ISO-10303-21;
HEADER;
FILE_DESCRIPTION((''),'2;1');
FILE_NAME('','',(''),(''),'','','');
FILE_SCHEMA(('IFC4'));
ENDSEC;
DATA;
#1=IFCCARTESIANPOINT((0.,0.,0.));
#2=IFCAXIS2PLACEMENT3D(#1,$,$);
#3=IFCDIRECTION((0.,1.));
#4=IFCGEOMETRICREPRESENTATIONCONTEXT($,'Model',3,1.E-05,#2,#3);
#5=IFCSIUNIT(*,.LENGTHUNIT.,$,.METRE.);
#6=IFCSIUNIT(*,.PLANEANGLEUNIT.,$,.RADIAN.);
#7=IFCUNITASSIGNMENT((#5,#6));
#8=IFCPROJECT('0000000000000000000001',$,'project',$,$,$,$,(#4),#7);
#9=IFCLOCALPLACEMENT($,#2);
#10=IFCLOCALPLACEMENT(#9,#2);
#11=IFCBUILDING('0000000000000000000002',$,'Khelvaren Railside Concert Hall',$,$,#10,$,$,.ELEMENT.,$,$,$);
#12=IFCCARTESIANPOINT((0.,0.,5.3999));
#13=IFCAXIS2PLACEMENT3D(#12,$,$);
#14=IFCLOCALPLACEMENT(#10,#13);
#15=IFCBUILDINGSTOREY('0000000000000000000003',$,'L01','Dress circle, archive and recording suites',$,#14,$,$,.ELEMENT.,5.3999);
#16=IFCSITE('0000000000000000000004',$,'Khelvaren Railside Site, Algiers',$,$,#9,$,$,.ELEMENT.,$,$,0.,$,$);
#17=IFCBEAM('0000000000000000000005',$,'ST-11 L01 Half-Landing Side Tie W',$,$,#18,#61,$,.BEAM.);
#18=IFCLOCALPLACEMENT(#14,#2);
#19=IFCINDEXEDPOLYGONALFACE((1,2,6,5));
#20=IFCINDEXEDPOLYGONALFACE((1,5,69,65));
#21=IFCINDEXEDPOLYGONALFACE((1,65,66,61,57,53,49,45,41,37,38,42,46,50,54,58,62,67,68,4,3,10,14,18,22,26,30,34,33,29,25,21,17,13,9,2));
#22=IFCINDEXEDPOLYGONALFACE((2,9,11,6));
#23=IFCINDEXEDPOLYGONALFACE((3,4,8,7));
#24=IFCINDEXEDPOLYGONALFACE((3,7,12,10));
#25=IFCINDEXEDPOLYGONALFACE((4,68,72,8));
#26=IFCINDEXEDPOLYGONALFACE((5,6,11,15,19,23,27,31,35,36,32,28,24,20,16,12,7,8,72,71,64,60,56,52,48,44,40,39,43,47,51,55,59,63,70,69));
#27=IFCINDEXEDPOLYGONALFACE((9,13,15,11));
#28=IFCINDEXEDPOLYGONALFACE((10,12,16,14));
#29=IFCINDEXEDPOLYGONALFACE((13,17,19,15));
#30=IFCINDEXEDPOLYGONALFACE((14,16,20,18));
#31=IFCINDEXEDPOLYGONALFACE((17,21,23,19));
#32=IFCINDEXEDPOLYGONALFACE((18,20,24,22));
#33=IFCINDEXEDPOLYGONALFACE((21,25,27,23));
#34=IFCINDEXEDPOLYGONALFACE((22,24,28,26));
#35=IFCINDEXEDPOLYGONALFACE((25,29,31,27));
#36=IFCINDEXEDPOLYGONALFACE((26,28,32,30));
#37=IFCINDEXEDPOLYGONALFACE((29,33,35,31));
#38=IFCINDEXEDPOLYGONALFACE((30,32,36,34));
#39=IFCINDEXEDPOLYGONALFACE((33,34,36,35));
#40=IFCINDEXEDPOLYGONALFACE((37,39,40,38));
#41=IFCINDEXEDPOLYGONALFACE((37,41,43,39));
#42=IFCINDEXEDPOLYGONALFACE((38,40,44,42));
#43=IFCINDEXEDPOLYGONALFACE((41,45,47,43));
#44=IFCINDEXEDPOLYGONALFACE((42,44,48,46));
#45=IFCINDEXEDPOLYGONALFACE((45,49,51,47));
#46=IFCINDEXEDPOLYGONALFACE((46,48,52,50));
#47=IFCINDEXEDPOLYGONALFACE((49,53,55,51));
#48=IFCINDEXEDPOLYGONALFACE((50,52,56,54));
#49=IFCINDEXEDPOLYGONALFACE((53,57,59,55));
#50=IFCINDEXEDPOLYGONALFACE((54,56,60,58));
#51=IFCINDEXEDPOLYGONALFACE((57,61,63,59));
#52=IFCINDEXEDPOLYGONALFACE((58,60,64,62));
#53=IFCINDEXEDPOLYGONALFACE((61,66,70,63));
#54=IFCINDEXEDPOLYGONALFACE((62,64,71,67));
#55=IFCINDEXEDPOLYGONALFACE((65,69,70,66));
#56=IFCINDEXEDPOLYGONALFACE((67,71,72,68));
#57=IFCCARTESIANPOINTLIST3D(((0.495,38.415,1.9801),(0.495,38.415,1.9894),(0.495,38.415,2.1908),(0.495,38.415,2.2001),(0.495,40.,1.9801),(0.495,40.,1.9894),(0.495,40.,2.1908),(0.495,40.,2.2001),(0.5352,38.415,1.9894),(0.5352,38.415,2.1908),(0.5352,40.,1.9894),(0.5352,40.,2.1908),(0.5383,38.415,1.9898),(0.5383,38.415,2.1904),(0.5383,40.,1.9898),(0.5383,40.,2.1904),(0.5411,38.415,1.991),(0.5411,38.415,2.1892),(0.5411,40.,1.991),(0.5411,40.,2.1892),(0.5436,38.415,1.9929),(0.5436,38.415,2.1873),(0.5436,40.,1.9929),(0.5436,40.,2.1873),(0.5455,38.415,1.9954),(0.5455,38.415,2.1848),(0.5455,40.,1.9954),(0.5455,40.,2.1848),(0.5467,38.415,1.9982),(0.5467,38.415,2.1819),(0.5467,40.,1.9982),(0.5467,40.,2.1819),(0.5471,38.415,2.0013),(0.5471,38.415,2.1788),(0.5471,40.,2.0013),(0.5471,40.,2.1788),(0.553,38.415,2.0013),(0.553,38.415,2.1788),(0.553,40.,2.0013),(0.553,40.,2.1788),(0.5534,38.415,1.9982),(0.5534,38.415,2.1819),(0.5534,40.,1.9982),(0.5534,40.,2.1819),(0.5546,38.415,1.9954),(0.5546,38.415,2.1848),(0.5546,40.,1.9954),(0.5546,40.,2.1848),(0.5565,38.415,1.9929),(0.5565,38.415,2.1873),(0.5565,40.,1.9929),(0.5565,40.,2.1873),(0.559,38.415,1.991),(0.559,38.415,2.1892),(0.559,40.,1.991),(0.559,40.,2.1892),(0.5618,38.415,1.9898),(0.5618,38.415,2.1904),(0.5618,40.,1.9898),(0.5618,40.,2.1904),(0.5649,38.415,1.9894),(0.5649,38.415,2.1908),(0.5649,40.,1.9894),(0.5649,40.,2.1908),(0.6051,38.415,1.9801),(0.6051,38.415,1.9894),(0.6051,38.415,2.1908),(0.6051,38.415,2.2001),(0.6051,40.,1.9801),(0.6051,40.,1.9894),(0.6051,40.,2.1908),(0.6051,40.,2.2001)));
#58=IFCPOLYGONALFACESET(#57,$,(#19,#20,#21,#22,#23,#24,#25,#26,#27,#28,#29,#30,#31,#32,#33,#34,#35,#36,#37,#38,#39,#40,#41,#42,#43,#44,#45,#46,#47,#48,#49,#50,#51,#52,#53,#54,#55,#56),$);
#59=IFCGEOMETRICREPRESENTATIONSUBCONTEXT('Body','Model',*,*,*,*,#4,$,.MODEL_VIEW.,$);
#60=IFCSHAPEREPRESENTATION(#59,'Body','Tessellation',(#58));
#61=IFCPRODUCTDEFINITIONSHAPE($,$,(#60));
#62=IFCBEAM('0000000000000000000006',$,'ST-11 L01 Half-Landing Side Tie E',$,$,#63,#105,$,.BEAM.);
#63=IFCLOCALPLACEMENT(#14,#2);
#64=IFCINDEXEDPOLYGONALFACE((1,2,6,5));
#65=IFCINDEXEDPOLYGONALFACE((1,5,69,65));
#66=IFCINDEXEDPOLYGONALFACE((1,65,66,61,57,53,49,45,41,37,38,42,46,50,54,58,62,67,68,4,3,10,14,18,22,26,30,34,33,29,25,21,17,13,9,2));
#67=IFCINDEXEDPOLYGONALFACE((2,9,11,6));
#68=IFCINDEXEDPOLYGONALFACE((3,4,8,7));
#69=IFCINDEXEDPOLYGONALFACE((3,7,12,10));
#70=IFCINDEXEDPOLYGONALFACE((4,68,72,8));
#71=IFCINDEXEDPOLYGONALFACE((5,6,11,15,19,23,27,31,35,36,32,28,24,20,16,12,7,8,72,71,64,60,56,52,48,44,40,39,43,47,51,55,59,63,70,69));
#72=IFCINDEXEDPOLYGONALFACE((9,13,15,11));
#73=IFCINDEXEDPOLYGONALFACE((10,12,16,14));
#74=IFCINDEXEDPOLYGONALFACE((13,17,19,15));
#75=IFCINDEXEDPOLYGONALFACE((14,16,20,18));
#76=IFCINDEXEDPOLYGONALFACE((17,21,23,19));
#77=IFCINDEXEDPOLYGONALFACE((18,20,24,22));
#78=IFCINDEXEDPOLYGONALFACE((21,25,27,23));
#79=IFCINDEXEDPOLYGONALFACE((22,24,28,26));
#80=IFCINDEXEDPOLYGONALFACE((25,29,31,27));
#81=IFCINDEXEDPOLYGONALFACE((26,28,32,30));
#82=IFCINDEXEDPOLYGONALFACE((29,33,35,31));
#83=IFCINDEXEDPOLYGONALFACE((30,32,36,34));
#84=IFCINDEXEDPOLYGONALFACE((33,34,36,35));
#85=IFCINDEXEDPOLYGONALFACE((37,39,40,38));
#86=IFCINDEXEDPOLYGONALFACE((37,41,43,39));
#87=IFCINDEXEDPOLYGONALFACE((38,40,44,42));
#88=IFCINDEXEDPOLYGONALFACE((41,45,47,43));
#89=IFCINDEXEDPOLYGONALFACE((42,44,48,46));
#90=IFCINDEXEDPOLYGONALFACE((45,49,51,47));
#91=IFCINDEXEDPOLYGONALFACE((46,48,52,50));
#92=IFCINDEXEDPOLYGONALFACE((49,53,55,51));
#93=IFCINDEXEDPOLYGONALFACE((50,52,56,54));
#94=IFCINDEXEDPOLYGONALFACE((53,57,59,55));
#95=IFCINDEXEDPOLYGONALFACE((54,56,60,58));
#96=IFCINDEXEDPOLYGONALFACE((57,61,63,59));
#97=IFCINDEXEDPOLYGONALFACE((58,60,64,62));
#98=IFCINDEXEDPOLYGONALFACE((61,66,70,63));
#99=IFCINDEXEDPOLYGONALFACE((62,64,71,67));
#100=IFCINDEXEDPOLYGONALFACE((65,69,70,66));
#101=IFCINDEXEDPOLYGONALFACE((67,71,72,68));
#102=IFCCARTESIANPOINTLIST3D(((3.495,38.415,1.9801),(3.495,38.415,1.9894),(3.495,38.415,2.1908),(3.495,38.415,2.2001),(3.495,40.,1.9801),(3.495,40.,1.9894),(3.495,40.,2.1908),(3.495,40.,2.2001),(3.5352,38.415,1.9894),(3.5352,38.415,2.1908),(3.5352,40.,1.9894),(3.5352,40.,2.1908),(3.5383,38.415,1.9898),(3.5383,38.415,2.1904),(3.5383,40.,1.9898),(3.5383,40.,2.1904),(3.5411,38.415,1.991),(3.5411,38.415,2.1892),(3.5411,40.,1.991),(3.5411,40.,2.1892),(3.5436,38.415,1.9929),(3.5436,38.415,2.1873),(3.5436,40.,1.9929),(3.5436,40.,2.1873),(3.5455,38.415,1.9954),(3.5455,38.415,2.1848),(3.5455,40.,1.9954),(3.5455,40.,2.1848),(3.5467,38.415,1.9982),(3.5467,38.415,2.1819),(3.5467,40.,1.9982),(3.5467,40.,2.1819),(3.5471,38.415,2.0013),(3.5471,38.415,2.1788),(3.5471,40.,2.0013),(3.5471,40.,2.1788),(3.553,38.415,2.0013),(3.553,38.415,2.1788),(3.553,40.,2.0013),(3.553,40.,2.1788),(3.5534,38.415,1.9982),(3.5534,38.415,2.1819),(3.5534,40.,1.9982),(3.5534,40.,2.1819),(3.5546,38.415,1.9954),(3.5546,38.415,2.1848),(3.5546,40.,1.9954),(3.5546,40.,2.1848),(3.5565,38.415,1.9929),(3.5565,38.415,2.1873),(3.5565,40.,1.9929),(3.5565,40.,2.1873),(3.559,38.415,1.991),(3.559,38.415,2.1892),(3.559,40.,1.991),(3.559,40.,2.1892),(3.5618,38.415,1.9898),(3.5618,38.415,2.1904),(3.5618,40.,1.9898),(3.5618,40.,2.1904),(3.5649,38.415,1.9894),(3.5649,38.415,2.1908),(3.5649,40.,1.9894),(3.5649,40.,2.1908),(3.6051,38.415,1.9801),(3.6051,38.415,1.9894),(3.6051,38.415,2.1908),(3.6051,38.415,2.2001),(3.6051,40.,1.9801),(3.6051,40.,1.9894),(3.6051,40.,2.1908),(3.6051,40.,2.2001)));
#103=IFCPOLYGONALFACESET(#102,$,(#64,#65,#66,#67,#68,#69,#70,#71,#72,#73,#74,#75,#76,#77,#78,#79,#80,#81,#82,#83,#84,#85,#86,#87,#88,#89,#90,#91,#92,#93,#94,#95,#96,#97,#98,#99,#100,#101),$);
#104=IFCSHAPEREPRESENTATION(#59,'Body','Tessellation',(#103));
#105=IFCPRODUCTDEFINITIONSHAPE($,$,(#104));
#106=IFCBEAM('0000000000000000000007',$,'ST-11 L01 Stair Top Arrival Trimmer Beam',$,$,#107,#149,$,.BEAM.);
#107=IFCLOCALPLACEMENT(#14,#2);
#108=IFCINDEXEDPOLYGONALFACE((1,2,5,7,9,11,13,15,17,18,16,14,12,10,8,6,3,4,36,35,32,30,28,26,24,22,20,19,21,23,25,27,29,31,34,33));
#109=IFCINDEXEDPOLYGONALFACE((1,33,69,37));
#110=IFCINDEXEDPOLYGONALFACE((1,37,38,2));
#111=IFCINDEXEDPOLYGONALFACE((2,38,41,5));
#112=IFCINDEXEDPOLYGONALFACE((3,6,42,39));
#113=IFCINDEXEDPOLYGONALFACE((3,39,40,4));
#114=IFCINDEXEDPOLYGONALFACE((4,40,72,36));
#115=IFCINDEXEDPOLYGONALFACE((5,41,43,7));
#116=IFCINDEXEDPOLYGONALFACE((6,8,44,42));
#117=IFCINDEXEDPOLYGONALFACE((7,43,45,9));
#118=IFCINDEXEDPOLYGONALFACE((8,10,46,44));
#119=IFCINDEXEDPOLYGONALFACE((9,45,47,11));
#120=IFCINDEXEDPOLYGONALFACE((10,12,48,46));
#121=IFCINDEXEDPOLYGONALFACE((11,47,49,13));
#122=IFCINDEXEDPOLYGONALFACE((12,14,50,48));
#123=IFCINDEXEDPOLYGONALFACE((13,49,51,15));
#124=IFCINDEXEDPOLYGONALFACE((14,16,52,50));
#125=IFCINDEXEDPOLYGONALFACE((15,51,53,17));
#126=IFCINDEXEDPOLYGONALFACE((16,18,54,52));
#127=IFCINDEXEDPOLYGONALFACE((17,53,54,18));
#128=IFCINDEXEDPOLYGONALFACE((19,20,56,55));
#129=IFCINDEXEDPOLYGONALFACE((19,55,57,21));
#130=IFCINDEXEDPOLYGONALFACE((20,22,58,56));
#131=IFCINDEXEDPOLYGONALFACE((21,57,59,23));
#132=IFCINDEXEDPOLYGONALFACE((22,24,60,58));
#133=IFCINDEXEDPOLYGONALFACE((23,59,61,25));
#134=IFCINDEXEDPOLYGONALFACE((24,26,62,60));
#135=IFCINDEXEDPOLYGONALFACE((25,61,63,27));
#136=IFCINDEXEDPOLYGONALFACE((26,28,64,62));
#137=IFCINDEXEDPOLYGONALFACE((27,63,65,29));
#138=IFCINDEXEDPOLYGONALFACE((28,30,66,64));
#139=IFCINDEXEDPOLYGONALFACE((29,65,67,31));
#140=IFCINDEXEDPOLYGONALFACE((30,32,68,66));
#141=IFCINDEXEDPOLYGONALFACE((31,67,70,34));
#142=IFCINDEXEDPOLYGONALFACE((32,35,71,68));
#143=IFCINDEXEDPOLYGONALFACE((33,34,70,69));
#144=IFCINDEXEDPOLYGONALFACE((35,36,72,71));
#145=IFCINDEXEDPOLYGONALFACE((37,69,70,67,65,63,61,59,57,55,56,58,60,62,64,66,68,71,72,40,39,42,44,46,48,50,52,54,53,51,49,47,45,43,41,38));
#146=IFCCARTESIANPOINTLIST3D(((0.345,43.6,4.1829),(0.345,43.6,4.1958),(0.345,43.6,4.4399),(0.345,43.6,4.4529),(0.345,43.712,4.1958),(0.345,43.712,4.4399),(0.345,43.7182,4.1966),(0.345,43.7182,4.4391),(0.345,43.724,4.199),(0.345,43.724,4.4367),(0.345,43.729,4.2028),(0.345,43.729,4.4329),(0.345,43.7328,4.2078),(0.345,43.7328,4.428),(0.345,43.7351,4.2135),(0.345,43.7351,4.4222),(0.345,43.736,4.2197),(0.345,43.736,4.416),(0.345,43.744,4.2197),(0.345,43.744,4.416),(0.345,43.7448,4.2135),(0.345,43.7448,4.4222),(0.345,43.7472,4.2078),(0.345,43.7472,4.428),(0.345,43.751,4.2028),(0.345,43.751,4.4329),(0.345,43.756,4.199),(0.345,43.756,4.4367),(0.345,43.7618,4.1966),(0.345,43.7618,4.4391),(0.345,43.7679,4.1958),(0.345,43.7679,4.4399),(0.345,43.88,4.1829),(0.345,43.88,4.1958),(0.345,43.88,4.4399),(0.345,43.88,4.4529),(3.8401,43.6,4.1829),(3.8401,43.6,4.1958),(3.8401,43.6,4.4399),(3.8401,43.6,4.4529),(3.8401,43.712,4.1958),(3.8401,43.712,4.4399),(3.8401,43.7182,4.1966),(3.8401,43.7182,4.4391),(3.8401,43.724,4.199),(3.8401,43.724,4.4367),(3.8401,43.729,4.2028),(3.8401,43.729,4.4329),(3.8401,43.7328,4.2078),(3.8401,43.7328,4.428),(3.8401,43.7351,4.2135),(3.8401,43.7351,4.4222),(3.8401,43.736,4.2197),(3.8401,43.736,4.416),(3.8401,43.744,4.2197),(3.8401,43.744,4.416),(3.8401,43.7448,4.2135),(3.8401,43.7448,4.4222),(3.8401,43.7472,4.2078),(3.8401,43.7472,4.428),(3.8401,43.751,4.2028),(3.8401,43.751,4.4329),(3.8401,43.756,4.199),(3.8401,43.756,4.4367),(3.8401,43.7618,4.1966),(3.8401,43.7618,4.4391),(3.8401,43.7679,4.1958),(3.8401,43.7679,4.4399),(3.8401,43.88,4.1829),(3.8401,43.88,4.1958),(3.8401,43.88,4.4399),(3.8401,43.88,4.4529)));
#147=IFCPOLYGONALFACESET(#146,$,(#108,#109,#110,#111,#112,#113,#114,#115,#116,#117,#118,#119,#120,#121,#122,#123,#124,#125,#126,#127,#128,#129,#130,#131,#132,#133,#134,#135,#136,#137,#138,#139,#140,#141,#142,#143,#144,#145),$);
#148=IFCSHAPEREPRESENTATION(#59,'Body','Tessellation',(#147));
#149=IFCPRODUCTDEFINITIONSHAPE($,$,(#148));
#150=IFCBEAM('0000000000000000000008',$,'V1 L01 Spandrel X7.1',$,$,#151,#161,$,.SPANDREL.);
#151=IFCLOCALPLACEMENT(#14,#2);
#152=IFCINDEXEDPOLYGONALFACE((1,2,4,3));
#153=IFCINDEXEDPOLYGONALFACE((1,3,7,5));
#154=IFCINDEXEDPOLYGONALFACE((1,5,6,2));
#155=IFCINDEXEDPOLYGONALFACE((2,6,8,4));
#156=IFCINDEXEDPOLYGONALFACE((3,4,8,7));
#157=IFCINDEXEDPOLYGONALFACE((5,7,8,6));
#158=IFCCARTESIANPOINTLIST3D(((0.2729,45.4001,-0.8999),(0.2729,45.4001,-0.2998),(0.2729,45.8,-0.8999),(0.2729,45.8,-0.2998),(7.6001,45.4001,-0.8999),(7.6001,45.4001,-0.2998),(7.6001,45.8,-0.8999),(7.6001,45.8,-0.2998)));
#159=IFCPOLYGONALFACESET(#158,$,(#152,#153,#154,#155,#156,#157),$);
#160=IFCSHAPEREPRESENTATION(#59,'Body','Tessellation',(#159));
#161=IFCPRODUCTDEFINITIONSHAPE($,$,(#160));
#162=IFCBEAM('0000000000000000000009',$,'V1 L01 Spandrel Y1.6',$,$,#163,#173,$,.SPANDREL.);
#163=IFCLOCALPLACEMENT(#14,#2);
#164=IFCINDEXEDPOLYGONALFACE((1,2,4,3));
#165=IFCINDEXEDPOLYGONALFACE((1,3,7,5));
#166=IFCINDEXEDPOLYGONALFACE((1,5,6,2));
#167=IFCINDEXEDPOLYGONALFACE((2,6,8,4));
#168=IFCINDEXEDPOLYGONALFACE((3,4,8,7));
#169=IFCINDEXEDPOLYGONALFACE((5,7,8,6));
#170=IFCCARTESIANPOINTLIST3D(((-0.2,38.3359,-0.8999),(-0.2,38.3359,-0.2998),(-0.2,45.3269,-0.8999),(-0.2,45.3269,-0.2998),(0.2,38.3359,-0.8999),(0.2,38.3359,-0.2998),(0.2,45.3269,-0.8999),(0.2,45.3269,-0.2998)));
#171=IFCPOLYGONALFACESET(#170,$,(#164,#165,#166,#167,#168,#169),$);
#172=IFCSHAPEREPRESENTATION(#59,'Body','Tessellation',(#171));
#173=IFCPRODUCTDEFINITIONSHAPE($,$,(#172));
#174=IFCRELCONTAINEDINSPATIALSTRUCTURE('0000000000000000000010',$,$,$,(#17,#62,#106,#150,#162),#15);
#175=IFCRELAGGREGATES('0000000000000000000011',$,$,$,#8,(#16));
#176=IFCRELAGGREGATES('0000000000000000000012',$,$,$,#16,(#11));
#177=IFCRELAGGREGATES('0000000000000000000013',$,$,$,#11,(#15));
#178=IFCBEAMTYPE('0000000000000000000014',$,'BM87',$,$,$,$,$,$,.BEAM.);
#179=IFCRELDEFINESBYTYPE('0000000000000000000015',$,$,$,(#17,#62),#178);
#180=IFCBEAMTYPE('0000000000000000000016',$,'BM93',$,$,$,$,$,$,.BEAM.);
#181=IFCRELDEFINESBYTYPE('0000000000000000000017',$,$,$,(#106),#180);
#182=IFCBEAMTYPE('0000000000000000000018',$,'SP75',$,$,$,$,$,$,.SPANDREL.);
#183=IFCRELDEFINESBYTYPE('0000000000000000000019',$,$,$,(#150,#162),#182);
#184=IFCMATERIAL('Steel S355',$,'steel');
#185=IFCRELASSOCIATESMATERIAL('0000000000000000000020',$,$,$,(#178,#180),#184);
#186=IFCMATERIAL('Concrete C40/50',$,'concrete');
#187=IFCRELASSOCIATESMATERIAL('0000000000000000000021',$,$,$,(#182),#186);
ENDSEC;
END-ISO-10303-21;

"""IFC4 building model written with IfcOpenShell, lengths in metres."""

from ifc_helpers import new_model, si_unit, direction, frame, origin, origin_2d, place, context, subcontext, project, spatial, rectangle, i_section, extrude, material, material_profile, profile_set, type_object, element, save


model = new_model("IFC4")

# Units and contexts
model_context = context("Model", 3, precision=1e-05, world=origin(), true_north=direction((0.0, 1.0)))
body_context = subcontext(model_context, "Body", "Model", "MODEL_VIEW")
ifc_project = project(units=[si_unit("LENGTHUNIT", "METRE"), si_unit("PLANEANGLEUNIT", "RADIAN")], contexts=[model_context])

# Site, building, storey
site_placement = place(None, origin())
site = spatial("IfcSite", under=ifc_project, at=site_placement, Name="Khelvaren Railside Site, Algiers", CompositionType="ELEMENT", RefElevation=0.0)
building_placement = place(site_placement, origin())
building = spatial("IfcBuilding", under=site, at=building_placement, Name="Khelvaren Railside Concert Hall", CompositionType="ELEMENT")
storey_placement = place(building_placement, frame((0.0, 0.0, 5.3999)))
storey = spatial("IfcBuildingStorey", under=building, at=storey_placement, Name="L01", Description="Dress circle, archive and recording suites", CompositionType="ELEMENT", Elevation=5.3999)

# Beams
ifc_material_1 = material(Name="Steel S355", Category="steel")
ifc_material_profile_1 = material_profile(ifc_material_1, i_section(OverallWidth=0.1101, OverallDepth=0.22, WebThickness=0.0059, FlangeThickness=0.0093, FilletRadius=0.012, at=origin_2d()), Name="IPE 220")
ifc_profile_set_1 = profile_set([ifc_material_profile_1], Name="Steel S355")
beam_type_1 = type_object("IfcBeamType", Name="BM87", PredefinedType="BEAM", material=ifc_profile_set_1)
for number, where, z_axis, x_axis, name in (
    (1, (0.55, 38.415, 2.0901), (0.0, 1.0, 0.0), (-1.0, 0.0, 0.0), "ST-11 L01 Half-Landing Side Tie W"),
    (2, (3.55, 38.415, 2.0901), (0.0, 1.0, 0.0), (-1.0, 0.0, 0.0), "ST-11 L01 Half-Landing Side Tie E"),
):
    element("IfcBeam", number, at=place(storey_placement, frame(where, z_axis=z_axis, x_axis=x_axis)), inside=storey, type_object=beam_type_1, Name=name, PredefinedType="BEAM", context=body_context, shape_type="SweptSolid", body=[
        extrude(i_section(OverallWidth=0.1101, OverallDepth=0.22, WebThickness=0.0059, FlangeThickness=0.0093, FilletRadius=0.012, at=origin_2d()), origin(), (0.0, 0.0, 1.0), 1.585),
    ])
ifc_material_profile_2 = material_profile(ifc_material_1, i_section(OverallWidth=0.28, OverallDepth=0.27, WebThickness=0.0081, FlangeThickness=0.0129, FilletRadius=0.0239, at=origin_2d()), Name="HEA 280")
ifc_profile_set_2 = profile_set([ifc_material_profile_2], Name="Steel S355")
beam_type_2 = type_object("IfcBeamType", Name="BM93", PredefinedType="BEAM", material=ifc_profile_set_2)
beam_1_placement = place(storey_placement, frame((0.345, 43.74, 4.3179), z_axis=(1.0, 0.0, 0.0), x_axis=(0.0, 1.0, 0.0)))
element("IfcBeam", 3, at=beam_1_placement, inside=storey, type_object=beam_type_2, Name="ST-11 L01 Stair Top Arrival Trimmer Beam", PredefinedType="BEAM", context=body_context, shape_type="SweptSolid", body=[
    extrude(i_section(OverallWidth=0.28, OverallDepth=0.27, WebThickness=0.0081, FlangeThickness=0.0129, FilletRadius=0.0239, at=origin_2d()), origin(), (0.0, 0.0, 1.0), 3.4951),
])
ifc_material_2 = material(Name="Concrete C40/50", Category="concrete")
ifc_material_profile_3 = material_profile(ifc_material_2, rectangle(XDim=0.3999, YDim=0.6001, at=origin_2d()), Name="RCB 400x600")
ifc_profile_set_3 = profile_set([ifc_material_profile_3], Name="Concrete C40/50")
beam_type_3 = type_object("IfcBeamType", Name="SP75", PredefinedType="SPANDREL", material=ifc_profile_set_3)
beam_2_placement = place(storey_placement, frame((0.2729, 45.6001, -0.5999), z_axis=(1.0, 0.0, 0.0), x_axis=(0.0, 1.0, 0.0)))
element("IfcBeam", 4, at=beam_2_placement, inside=storey, type_object=beam_type_3, Name="V1 L01 Spandrel X7.1", PredefinedType="SPANDREL", context=body_context, shape_type="SweptSolid", body=[
    extrude(rectangle(XDim=0.3999, YDim=0.6001, at=origin_2d()), origin(), (0.0, 0.0, 1.0), 7.3271),
])
beam_3_placement = place(storey_placement, frame((0.0, 38.3359, -0.5999), z_axis=(0.0, 1.0, 0.0), x_axis=(-1.0, 0.0, 0.0)))
element("IfcBeam", 5, at=beam_3_placement, inside=storey, type_object=beam_type_3, Name="V1 L01 Spandrel Y1.6", PredefinedType="SPANDREL", context=body_context, shape_type="SweptSolid", body=[
    extrude(rectangle(XDim=0.3999, YDim=0.6001, at=origin_2d()), origin(), (0.0, 0.0, 1.0), 6.991),
])

save(model, "model.ifc")
